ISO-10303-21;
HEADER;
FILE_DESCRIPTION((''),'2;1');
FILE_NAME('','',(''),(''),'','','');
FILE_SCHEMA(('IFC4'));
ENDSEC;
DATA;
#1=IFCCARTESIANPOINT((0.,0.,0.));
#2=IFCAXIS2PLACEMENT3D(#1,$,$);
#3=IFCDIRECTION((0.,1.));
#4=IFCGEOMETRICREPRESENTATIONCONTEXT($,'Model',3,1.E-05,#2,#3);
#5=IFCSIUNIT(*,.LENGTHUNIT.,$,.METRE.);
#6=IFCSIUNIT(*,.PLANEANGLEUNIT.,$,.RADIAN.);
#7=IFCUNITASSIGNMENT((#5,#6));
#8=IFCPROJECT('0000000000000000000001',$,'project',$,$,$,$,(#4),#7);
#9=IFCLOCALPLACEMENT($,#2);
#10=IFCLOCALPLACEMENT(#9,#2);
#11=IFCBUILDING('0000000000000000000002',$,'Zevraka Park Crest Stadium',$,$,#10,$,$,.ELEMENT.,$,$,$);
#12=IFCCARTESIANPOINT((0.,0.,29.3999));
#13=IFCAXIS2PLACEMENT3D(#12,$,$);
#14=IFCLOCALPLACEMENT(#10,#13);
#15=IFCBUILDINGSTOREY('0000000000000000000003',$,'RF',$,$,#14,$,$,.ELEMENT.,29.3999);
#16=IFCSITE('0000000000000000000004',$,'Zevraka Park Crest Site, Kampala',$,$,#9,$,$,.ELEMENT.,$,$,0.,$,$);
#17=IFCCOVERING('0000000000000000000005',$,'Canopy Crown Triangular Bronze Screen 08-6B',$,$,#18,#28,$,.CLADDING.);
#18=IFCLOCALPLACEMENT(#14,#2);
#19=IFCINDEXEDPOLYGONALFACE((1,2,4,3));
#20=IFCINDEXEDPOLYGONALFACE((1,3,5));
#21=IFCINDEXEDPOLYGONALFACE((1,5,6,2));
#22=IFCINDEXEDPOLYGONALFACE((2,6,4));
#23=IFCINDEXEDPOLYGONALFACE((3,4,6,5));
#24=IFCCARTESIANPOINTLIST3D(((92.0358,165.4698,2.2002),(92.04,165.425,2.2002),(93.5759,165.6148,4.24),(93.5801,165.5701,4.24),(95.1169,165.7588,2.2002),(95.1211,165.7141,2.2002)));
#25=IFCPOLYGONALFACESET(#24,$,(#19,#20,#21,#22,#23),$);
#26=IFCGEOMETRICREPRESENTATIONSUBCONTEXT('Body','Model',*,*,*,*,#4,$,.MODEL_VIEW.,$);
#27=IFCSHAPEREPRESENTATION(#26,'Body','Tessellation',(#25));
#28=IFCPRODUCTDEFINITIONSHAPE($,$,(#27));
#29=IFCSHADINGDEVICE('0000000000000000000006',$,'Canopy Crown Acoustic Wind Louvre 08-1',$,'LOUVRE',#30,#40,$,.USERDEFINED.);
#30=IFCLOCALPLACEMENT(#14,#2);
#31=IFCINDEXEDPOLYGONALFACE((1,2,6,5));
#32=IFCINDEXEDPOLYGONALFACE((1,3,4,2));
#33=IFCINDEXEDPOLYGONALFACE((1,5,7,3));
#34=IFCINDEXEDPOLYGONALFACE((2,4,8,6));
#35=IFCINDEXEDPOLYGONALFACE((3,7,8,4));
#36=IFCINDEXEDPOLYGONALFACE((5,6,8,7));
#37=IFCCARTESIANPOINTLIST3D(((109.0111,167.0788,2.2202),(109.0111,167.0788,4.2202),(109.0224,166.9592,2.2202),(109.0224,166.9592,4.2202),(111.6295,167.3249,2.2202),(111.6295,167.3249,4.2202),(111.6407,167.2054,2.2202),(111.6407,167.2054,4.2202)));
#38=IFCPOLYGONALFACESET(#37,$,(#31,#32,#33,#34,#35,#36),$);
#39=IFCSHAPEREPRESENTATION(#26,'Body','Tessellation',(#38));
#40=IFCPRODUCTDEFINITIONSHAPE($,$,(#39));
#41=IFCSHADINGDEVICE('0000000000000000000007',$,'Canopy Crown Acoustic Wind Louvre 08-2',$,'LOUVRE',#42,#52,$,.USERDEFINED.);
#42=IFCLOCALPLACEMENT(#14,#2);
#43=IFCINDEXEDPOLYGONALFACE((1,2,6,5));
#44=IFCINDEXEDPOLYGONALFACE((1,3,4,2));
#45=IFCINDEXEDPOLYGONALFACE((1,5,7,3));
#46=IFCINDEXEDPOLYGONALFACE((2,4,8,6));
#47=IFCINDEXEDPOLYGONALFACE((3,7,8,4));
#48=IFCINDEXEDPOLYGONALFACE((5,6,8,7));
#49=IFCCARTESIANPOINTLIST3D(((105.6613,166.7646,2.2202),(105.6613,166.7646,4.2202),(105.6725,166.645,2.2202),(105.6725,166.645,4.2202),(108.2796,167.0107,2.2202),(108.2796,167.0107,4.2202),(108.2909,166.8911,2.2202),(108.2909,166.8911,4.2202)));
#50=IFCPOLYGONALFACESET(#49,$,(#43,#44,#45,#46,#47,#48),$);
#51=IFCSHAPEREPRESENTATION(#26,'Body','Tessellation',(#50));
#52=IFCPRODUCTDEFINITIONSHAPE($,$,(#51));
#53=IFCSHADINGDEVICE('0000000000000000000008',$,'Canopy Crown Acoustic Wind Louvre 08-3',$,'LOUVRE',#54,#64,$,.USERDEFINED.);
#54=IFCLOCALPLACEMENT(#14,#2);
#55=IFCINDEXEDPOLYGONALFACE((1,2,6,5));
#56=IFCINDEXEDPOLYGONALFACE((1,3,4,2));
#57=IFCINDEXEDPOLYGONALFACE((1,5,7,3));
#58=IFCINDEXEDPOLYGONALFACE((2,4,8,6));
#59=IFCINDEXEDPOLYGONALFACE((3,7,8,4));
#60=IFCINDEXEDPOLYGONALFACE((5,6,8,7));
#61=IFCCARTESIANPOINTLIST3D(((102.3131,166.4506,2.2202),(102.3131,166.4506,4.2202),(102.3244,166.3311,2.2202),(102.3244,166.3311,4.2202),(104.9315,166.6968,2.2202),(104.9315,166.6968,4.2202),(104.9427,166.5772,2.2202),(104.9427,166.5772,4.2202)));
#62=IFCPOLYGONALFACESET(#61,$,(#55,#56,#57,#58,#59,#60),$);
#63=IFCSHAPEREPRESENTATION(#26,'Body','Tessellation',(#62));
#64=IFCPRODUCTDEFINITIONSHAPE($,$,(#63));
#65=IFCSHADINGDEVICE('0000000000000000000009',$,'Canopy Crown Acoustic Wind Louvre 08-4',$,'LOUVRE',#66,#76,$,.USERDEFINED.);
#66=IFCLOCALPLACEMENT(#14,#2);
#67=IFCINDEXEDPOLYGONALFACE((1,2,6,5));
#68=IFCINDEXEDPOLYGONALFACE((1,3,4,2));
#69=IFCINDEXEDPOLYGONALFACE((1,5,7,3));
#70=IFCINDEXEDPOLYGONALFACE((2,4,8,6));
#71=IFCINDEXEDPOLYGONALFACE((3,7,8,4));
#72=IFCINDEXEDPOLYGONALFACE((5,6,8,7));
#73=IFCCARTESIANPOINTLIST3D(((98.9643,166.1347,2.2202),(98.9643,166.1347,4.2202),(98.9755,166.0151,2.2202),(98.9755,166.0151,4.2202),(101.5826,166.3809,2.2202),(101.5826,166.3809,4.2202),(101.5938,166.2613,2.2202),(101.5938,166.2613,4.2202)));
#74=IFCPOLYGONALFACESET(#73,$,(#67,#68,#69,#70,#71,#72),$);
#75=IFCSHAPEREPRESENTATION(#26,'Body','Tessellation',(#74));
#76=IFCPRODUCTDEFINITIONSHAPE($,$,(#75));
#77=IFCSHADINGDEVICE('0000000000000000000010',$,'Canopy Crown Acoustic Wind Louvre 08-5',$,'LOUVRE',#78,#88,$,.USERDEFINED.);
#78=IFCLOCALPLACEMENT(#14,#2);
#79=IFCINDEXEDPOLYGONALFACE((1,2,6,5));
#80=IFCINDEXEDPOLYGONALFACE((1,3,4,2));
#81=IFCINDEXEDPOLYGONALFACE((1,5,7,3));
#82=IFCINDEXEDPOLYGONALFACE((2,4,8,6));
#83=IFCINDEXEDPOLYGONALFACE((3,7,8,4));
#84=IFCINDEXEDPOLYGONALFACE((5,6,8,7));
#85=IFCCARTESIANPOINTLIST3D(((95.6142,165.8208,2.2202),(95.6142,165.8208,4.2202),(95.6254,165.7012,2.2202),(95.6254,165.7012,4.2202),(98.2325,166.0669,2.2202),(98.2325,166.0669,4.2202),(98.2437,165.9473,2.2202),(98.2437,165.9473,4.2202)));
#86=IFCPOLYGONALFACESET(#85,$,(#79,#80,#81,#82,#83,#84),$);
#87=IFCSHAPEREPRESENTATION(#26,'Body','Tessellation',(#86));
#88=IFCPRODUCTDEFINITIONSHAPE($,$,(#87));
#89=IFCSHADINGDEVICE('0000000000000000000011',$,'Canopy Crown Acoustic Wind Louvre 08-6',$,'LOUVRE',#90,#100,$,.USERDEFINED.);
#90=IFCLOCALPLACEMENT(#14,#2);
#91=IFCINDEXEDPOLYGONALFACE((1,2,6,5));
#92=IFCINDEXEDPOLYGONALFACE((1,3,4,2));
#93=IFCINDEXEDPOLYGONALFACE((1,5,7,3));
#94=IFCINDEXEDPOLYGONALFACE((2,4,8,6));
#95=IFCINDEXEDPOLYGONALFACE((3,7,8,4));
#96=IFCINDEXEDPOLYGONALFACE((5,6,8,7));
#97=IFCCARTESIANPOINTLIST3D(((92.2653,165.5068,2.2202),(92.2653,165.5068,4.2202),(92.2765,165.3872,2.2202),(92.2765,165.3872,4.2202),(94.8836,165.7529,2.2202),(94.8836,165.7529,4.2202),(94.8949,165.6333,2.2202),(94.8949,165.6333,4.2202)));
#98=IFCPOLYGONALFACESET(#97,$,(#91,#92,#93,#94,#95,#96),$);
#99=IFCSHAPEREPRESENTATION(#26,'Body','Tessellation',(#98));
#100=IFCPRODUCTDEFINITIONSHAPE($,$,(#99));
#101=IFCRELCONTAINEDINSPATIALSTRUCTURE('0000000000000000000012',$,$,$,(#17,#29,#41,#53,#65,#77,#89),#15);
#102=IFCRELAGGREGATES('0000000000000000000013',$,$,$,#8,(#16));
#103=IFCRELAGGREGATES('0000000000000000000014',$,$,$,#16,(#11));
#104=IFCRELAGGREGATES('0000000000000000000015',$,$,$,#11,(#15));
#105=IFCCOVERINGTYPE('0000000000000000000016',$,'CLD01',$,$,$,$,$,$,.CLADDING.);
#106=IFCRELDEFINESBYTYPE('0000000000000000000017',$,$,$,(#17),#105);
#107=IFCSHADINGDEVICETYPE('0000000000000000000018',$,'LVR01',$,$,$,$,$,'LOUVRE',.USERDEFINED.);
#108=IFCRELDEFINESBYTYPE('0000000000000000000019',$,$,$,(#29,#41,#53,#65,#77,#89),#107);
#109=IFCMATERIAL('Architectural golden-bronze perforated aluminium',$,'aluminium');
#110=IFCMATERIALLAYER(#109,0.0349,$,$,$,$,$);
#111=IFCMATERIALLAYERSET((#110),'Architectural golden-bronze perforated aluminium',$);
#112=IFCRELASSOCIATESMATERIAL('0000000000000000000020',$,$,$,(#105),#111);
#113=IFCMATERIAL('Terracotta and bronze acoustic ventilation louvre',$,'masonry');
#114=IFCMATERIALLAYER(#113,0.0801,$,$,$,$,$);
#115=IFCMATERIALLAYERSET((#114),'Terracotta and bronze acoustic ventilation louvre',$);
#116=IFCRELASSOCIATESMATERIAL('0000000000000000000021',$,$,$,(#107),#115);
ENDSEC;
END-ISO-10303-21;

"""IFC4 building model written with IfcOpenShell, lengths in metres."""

from ifc_helpers import new_model, si_unit, direction, frame, origin, origin_2d, place, context, subcontext, project, spatial, polyline, rectangle, outline, extrude, material, layer, layer_set, type_object, element, save


model = new_model("IFC4")

# Units and contexts
model_context = context("Model", 3, precision=1e-05, world=origin(), true_north=direction((0.0, 1.0)))
body_context = subcontext(model_context, "Body", "Model", "MODEL_VIEW")
ifc_project = project(units=[si_unit("LENGTHUNIT", "METRE"), si_unit("PLANEANGLEUNIT", "RADIAN")], contexts=[model_context])

# Site, building, storey
site_placement = place(None, origin())
site = spatial("IfcSite", under=ifc_project, at=site_placement, Name="Zevraka Park Crest Site, Kampala", CompositionType="ELEMENT", RefElevation=0.0)
building_placement = place(site_placement, origin())
building = spatial("IfcBuilding", under=site, at=building_placement, Name="Zevraka Park Crest Stadium", CompositionType="ELEMENT")
storey_placement = place(building_placement, frame((0.0, 0.0, 29.3999)))
storey = spatial("IfcBuildingStorey", under=building, at=storey_placement, Name="RF", CompositionType="ELEMENT", Elevation=29.3999)

# Covering
ifc_material_1 = material(Name="Architectural golden-bronze perforated aluminium", Category="aluminium")
ifc_layer_1 = layer(ifc_material_1, 0.0349)
ifc_layer_set_1 = layer_set([ifc_layer_1], Name="Architectural golden-bronze perforated aluminium")
covering_type = type_object("IfcCoveringType", Name="CLD01", PredefinedType="CLADDING", material=ifc_layer_set_1)
covering_1_placement = place(storey_placement, frame((95.1211, 165.7141, 2.2002), z_axis=(0.093409, -0.995628, 0.000261), x_axis=(-0.995628, -0.093409, 0.0)))
element("IfcCovering", 1, at=covering_1_placement, inside=storey, type_object=covering_type, Name="Canopy Crown Triangular Bronze Screen 08-6B", PredefinedType="CLADDING", context=body_context, shape_type="SweptSolid", body=[
    extrude(outline(polyline([(0.0, 0.0), (3.0946, 0.0), (1.5477, -2.0398), (0.0, 0.0)])), origin(), (0.0, 0.0, -1.0), 0.0449),
])

# Shading devices
ifc_material_2 = material(Name="Terracotta and bronze acoustic ventilation louvre", Category="masonry")
ifc_layer_2 = layer(ifc_material_2, 0.0801)
ifc_layer_set_2 = layer_set([ifc_layer_2], Name="Terracotta and bronze acoustic ventilation louvre")
shading_device_type = type_object("IfcShadingDeviceType", Name="LVR01", ElementType="LOUVRE", PredefinedType="USERDEFINED", material=ifc_layer_set_2)
for number, where, z_axis, x_axis, name in (
    (2, (110.3259, 167.1421, 2.2202), (0.0, 0.0, 1.0), (-0.995611, -0.093587, 0.0), "Canopy Crown Acoustic Wind Louvre 08-1"),
    (3, (106.9761, 166.8279, 2.2202), (0.0, 0.0, 1.0), (-0.995611, -0.093587, 0.0), "Canopy Crown Acoustic Wind Louvre 08-2"),
    (4, (103.6279, 166.5139, 2.2202), (0.0, 0.0, 1.0), (-0.995611, -0.093587, 0.0), "Canopy Crown Acoustic Wind Louvre 08-3"),
    (5, (100.2791, 166.198, 2.2202), (0.0, 0.0, 1.0), (-0.995611, -0.093587, 0.0), "Canopy Crown Acoustic Wind Louvre 08-4"),
    (6, (96.929, 165.884, 2.2202), (0.0, 0.0, 1.0), (-0.995611, -0.093587, 0.0), "Canopy Crown Acoustic Wind Louvre 08-5"),
    (7, (93.5801, 165.5701, 2.2202), (0.0, 0.0, 1.0), (-0.995611, -0.093587, 0.0), "Canopy Crown Acoustic Wind Louvre 08-6"),
):
    element("IfcShadingDevice", number, at=place(storey_placement, frame(where, z_axis=z_axis, x_axis=x_axis)), inside=storey, type_object=shading_device_type, Name=name, ObjectType="LOUVRE", PredefinedType="USERDEFINED", context=body_context, shape_type="SweptSolid", body=[
        extrude(rectangle(XDim=2.6299, YDim=0.1201, at=origin_2d()), origin(), (0.0, 0.0, 1.0), 2.0),
    ])

save(model, "model.ifc")
